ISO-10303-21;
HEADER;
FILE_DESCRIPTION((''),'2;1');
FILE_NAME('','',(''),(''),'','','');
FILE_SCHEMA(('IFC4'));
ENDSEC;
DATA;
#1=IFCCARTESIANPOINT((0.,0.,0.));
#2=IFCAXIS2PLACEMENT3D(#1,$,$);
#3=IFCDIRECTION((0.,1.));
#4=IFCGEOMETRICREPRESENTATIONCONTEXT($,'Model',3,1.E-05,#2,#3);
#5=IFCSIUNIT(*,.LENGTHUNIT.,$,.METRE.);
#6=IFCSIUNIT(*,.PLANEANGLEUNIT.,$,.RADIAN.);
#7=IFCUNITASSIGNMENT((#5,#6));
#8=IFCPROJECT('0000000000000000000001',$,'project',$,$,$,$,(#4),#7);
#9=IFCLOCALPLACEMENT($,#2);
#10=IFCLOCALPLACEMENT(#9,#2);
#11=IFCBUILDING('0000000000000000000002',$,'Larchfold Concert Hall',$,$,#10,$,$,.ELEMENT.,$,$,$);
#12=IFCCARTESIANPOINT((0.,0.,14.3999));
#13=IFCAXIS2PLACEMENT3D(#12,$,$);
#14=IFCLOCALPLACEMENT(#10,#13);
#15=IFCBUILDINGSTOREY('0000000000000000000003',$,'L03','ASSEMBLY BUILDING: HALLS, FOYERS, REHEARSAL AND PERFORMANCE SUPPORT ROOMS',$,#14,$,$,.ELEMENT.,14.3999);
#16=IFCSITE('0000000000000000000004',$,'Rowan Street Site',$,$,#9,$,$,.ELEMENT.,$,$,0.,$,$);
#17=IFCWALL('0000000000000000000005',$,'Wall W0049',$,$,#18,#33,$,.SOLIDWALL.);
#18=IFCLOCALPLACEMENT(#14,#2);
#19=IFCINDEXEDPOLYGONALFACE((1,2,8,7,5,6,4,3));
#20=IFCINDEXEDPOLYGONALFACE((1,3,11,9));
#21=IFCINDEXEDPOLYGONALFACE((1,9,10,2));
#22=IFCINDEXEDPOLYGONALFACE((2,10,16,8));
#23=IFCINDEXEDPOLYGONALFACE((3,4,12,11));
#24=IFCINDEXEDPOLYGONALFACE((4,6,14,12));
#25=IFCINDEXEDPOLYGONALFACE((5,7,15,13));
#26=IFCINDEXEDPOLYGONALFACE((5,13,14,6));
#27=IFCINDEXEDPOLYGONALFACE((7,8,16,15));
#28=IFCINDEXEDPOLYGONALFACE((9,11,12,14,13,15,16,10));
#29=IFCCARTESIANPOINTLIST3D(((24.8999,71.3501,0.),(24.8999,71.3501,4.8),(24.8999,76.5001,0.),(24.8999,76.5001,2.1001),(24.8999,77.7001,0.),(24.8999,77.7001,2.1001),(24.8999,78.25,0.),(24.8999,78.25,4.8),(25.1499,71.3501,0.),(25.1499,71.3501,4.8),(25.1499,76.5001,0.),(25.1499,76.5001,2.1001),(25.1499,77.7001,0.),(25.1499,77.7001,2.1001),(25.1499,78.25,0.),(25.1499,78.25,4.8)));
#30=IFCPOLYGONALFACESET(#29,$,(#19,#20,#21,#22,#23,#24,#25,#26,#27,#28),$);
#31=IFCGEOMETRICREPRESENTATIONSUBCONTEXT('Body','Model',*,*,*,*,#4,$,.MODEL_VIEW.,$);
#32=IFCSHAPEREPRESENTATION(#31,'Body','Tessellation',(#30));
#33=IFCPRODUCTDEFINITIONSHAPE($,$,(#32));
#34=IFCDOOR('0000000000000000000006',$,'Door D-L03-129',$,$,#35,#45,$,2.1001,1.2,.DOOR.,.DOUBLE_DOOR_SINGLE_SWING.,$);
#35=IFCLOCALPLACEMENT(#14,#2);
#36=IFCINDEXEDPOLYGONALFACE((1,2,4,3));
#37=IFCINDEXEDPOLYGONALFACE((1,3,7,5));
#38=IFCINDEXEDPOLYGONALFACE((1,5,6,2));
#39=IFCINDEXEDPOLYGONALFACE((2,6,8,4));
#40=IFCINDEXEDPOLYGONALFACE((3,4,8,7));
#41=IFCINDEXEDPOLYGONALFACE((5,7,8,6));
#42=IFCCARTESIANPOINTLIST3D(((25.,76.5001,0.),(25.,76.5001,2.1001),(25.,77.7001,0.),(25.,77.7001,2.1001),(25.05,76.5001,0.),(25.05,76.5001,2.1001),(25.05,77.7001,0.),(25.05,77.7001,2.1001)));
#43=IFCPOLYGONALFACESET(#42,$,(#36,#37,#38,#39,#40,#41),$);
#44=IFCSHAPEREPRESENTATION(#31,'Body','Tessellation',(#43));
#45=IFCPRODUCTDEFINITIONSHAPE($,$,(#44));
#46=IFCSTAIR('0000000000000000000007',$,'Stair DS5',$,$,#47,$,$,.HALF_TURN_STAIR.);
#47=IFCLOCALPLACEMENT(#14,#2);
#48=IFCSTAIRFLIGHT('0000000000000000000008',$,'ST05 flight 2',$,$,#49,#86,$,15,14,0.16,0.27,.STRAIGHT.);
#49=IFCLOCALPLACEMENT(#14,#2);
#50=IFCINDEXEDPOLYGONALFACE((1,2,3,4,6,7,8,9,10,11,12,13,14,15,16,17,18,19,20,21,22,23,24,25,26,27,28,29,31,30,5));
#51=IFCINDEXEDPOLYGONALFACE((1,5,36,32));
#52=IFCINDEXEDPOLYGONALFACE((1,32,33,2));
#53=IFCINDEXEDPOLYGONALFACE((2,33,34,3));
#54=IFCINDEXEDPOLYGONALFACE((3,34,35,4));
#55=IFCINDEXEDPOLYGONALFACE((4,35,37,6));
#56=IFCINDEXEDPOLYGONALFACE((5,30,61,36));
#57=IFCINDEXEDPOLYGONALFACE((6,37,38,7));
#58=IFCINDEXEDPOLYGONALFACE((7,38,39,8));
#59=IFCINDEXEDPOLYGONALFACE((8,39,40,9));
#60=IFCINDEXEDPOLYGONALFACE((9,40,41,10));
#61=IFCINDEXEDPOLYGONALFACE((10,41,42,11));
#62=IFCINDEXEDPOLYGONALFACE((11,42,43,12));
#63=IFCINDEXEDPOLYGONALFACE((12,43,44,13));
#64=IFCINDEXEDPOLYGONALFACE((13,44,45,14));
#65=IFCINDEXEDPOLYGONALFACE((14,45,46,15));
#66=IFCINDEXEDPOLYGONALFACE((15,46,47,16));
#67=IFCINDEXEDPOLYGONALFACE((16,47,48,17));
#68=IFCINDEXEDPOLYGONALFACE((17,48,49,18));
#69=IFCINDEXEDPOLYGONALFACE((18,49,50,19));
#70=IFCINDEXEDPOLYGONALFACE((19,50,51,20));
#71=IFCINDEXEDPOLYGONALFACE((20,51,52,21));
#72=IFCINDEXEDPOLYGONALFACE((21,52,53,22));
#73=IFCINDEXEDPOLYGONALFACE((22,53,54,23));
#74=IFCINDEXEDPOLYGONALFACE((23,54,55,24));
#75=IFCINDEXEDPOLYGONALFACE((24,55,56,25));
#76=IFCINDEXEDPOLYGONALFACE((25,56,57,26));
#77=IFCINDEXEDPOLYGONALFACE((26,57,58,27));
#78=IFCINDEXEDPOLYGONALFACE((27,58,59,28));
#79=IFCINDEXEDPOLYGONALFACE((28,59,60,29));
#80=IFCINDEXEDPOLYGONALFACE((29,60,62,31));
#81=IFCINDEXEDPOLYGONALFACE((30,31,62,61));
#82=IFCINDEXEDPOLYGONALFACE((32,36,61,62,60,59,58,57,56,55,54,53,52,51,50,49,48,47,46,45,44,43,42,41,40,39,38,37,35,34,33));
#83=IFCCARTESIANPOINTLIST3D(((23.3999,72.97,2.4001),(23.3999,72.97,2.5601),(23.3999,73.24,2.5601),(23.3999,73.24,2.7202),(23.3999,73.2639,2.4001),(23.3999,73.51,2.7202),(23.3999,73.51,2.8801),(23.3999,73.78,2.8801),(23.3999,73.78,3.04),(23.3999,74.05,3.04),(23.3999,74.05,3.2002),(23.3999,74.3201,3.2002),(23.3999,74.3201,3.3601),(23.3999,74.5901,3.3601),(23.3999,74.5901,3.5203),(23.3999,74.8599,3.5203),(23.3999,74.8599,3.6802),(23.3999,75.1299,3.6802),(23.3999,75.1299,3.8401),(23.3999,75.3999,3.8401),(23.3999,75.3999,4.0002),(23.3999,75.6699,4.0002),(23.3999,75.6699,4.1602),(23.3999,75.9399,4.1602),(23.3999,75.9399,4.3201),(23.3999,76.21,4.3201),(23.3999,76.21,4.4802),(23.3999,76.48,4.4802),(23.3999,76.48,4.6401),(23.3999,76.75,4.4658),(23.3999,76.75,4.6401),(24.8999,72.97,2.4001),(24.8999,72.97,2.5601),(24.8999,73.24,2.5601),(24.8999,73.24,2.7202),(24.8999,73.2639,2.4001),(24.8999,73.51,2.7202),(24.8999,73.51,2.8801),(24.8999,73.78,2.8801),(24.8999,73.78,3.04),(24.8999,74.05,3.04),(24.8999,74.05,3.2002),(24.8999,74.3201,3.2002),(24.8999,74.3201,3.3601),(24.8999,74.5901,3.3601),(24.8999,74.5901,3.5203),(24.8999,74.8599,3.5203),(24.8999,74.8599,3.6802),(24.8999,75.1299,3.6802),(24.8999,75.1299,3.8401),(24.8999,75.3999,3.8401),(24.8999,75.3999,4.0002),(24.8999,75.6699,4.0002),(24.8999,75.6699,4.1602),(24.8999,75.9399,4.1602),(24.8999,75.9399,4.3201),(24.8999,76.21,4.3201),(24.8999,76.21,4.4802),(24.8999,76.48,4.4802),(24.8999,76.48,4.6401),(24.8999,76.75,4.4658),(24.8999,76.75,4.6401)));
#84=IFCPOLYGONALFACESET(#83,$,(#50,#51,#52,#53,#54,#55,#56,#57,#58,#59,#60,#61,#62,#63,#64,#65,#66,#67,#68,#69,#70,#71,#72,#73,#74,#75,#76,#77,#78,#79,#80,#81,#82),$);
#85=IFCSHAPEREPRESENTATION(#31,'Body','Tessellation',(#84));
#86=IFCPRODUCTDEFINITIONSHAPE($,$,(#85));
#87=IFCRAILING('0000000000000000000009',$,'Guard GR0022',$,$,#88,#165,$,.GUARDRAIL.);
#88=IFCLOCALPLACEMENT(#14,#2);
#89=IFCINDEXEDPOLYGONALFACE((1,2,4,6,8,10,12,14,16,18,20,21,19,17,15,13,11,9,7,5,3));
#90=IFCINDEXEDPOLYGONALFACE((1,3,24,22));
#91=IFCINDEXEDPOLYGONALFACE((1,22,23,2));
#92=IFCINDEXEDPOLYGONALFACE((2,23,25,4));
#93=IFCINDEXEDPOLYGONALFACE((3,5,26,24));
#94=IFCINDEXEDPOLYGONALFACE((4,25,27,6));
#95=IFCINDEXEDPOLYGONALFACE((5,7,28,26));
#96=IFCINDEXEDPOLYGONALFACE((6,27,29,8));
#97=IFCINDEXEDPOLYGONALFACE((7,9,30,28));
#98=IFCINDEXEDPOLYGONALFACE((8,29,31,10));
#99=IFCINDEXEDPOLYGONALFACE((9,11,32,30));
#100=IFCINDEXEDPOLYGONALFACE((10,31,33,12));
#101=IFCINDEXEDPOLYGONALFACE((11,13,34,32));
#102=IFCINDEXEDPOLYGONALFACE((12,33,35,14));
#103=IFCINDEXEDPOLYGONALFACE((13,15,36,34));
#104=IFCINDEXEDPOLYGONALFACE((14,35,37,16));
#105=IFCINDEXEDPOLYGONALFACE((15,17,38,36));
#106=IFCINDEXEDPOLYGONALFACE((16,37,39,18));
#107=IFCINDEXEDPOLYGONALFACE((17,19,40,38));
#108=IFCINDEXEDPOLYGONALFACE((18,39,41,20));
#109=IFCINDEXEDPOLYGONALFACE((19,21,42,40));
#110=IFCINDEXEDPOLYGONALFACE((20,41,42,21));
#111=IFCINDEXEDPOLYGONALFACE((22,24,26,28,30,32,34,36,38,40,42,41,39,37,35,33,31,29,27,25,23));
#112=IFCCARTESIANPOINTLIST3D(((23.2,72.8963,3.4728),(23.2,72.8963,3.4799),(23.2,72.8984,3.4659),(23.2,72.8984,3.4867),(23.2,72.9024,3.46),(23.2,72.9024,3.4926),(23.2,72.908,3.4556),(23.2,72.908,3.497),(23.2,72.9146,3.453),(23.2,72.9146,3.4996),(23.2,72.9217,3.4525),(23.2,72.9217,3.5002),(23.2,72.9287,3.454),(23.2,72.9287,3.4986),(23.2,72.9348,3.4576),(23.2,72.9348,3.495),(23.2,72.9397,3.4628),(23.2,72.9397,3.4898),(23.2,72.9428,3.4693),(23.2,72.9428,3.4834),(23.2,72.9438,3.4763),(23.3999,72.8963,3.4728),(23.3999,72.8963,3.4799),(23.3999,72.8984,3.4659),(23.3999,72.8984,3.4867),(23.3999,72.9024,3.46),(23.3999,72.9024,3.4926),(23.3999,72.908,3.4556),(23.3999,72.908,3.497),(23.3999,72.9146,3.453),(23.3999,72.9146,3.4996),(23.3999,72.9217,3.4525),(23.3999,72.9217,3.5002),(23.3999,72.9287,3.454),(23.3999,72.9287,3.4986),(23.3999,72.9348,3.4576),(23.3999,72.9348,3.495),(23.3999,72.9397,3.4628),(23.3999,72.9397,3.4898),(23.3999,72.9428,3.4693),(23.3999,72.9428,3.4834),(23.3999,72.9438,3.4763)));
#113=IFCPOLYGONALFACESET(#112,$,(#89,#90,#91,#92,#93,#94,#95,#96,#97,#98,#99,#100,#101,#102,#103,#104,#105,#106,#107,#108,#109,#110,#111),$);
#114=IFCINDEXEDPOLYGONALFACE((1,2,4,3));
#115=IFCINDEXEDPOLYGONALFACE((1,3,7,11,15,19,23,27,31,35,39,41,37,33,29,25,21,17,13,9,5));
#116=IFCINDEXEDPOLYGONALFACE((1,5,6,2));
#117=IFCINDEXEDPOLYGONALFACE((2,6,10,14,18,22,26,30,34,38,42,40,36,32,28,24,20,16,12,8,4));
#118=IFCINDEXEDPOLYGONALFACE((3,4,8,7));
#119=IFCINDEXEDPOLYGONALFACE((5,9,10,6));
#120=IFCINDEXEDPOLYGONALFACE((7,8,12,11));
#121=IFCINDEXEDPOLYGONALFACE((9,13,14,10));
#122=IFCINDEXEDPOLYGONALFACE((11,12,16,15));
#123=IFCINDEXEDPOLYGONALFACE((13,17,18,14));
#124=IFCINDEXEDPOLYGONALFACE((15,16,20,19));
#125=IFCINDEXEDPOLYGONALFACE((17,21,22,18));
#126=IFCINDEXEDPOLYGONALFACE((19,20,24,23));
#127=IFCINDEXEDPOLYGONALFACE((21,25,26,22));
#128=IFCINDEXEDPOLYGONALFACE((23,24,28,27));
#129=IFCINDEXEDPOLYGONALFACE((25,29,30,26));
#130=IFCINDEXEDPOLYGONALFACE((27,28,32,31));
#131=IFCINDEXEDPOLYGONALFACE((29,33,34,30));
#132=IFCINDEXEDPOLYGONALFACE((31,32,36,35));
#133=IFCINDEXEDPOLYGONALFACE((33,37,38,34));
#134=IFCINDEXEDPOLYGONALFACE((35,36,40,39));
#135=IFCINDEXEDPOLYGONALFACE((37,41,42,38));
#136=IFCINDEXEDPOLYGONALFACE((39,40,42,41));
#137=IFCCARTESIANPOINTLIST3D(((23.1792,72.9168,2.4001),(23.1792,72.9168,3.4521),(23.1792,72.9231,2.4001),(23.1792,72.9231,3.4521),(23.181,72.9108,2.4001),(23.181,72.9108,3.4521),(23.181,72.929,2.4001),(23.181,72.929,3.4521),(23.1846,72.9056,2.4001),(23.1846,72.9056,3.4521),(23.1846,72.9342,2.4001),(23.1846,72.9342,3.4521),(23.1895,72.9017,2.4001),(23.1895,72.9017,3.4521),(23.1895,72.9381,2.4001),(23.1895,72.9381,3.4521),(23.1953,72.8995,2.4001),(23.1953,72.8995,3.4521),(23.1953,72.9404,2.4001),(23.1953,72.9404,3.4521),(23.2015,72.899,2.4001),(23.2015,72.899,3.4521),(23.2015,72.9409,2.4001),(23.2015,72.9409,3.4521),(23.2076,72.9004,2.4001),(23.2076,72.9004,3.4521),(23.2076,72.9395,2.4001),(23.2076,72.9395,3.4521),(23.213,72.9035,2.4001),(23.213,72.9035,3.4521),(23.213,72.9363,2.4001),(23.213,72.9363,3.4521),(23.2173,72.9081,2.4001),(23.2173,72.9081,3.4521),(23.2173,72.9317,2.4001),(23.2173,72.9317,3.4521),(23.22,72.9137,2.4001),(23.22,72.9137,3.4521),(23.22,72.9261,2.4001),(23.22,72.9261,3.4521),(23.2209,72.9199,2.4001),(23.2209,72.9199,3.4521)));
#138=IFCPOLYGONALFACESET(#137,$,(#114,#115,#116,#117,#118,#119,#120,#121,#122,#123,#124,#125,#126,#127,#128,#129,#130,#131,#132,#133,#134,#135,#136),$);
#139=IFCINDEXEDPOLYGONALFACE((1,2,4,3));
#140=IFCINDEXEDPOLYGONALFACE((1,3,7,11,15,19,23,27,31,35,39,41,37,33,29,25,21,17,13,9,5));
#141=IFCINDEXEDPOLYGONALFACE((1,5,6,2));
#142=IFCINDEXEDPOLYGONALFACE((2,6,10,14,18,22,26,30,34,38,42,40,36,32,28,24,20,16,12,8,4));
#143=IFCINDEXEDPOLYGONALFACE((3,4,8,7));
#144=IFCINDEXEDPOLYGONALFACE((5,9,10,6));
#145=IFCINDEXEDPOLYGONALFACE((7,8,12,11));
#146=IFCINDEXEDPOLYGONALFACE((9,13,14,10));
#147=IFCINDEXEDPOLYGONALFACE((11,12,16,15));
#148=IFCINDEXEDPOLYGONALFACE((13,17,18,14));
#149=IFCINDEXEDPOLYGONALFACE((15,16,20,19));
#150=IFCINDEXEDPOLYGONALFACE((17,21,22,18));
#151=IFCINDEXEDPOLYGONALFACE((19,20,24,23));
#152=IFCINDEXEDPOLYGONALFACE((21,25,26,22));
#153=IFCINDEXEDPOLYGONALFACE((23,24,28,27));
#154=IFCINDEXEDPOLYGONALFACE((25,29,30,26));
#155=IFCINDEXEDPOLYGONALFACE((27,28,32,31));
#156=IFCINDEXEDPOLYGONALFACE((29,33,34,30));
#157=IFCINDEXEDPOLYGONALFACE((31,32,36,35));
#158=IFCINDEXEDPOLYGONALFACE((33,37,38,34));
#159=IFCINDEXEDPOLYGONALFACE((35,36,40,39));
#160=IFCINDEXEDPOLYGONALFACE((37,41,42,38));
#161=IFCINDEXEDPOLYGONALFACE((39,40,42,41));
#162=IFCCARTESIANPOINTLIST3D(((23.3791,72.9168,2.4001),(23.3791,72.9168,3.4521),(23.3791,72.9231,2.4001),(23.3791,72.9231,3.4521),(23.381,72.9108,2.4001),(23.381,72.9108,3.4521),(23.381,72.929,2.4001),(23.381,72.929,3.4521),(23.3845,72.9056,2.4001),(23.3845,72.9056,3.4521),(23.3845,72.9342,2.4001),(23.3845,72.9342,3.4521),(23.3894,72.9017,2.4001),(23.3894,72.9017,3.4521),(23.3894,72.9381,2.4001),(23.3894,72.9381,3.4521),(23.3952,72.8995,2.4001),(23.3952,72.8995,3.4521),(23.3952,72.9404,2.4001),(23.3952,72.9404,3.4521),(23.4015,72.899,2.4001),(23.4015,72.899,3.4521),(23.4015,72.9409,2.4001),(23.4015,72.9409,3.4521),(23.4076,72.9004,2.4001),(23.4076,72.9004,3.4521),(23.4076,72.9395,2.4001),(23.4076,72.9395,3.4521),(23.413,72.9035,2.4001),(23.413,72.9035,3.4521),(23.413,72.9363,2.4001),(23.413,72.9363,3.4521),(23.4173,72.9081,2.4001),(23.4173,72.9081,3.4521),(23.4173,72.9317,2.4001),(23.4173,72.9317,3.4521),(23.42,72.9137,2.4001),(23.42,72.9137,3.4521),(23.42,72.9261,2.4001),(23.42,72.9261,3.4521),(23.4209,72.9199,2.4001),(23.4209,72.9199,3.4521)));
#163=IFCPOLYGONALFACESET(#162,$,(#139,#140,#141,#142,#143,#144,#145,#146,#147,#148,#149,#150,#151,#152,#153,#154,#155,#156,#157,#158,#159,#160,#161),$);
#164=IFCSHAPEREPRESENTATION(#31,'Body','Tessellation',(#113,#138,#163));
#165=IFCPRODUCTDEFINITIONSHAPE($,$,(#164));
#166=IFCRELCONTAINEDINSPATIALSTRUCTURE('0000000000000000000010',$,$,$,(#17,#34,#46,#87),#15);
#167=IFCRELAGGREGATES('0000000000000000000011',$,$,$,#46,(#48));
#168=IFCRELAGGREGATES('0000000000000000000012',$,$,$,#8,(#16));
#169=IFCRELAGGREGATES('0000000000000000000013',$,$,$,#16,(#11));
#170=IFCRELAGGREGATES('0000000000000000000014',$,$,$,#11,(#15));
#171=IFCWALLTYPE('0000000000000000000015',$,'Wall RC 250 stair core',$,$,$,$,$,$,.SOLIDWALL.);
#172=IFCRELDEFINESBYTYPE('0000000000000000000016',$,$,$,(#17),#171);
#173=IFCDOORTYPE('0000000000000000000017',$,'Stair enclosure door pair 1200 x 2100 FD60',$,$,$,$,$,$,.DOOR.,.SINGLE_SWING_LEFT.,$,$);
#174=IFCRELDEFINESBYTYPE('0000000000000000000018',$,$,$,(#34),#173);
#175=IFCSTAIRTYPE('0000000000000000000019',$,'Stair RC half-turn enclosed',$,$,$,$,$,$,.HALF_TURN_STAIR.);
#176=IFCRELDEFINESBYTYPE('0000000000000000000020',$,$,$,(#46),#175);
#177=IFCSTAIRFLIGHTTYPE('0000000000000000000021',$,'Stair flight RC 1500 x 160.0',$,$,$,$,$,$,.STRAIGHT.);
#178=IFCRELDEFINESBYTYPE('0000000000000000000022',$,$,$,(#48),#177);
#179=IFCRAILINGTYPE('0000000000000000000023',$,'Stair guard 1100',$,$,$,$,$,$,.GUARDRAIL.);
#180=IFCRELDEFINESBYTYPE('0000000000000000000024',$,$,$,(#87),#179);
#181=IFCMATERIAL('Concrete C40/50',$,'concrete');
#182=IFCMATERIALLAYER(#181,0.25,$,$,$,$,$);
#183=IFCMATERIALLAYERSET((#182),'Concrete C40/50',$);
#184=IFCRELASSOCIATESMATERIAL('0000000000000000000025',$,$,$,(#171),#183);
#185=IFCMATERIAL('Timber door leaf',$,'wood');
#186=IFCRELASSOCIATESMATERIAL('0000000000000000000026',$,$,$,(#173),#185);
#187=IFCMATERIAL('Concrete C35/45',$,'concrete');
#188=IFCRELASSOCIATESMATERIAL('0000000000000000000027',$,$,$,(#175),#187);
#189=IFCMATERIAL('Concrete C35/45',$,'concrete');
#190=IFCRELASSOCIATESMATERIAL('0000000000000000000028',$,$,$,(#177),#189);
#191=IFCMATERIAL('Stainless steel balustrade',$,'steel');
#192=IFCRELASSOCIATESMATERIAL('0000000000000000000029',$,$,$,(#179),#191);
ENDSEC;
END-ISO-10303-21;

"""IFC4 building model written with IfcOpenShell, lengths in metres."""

from ifc_helpers import new_model, si_unit, direction, frame, frame_2d, origin, origin_2d, place, context, subcontext, project, spatial, polyline, rectangle, circle, outline, extrude, material, layer, layer_set, type_object, element, fill, aggregate, save


model = new_model("IFC4")

# Units and contexts
model_context = context("Model", 3, precision=1e-05, world=origin(), true_north=direction((0.0, 1.0)))
body_context = subcontext(model_context, "Body", "Model", "MODEL_VIEW")
ifc_project = project(units=[si_unit("LENGTHUNIT", "METRE"), si_unit("PLANEANGLEUNIT", "RADIAN")], contexts=[model_context])

# Site, building, storey
site_placement = place(None, origin())
site = spatial("IfcSite", under=ifc_project, at=site_placement, Name="Rowan Street Site", CompositionType="ELEMENT", RefElevation=0.0)
building_placement = place(site_placement, origin())
building = spatial("IfcBuilding", under=site, at=building_placement, Name="Larchfold Concert Hall", CompositionType="ELEMENT")
storey_placement = place(building_placement, frame((0.0, 0.0, 14.3999)))
storey = spatial("IfcBuildingStorey", under=building, at=storey_placement, Name="L03", Description="ASSEMBLY BUILDING: HALLS, FOYERS, REHEARSAL AND PERFORMANCE SUPPORT ROOMS", CompositionType="ELEMENT", Elevation=14.3999)

# Shared definitions
ifc_material_1 = material(Name="Concrete C40/50", Category="concrete")
ifc_layer_1 = layer(ifc_material_1, 0.25)
ifc_layer_set_1 = layer_set([ifc_layer_1], Name="Concrete C40/50")
wall_type_1 = type_object("IfcWallType", Name="Wall RC 250 stair core", PredefinedType="SOLIDWALL", material=ifc_layer_set_1)

# Wall, opening, door
wall_1_placement = place(storey_placement, frame((25.0249, 71.3501, 0.0), z_axis=(0.0, 0.0, 1.0), x_axis=(0.0, 1.0, 0.0)))
wall_1 = element("IfcWall", 1, at=wall_1_placement, inside=storey, type_object=wall_type_1, Name="Wall W0049", PredefinedType="SOLIDWALL", context=body_context, shape_type="SweptSolid", body=[
    extrude(rectangle(XDim=6.8999, YDim=0.25, at=frame_2d((3.45, 0.0))), origin(), (0.0, 0.0, 1.0), 4.8),
])
opening_1_placement = place(wall_1_placement, frame((5.1499, 0.0, 0.0)))
opening_1 = element("IfcOpeningElement", 2, at=opening_1_placement, cuts=wall_1, PredefinedType="OPENING", context=body_context, shape_type="SweptSolid", body=[
    extrude(rectangle(XDim=1.2, YDim=2.1001, at=frame_2d((0.6001, 1.05))), frame((0.0, 0.135, 0.0), z_axis=(0.0, -1.0, 0.0), x_axis=(1.0, 0.0, 0.0)), (0.0, 0.0, 1.0), 0.27),
])
ifc_material_2 = material(Name="Timber door leaf", Category="wood")
door_type_1 = type_object("IfcDoorType", Name="Stair enclosure door pair 1200 x 2100 FD60", OperationType="SINGLE_SWING_LEFT", PredefinedType="DOOR", material=ifc_material_2)
door_1_placement = place(opening_1_placement, origin())
door_1 = element("IfcDoor", 3, at=door_1_placement, inside=storey, type_object=door_type_1, Name="Door D-L03-129", OperationType="DOUBLE_DOOR_SINGLE_SWING", OverallHeight=2.1001, OverallWidth=1.2, PredefinedType="DOOR", context=body_context, shape_type="SweptSolid", body=[
    extrude(rectangle(XDim=1.2, YDim=2.1001, at=frame_2d((0.6001, 1.05))), frame((0.0, 0.0249, 0.0), z_axis=(0.0, -1.0, 0.0), x_axis=(1.0, 0.0, 0.0)), (0.0, 0.0, 1.0), 0.05),
])
fill(opening_1, door_1)

# Stair, stair flight
ifc_material_3 = material(Name="Concrete C35/45", Category="concrete")
stair_type = type_object("IfcStairType", Name="Stair RC half-turn enclosed", PredefinedType="HALF_TURN_STAIR", material=ifc_material_3)
stair_placement = place(storey_placement, origin())
stair = element("IfcStair", 4, at=stair_placement, inside=storey, type_object=stair_type, Name="Stair DS5", PredefinedType="HALF_TURN_STAIR")
ifc_material_4 = material(Name="Concrete C35/45", Category="concrete")
stair_flight_type = type_object("IfcStairFlightType", Name="Stair flight RC 1500 x 160.0", PredefinedType="STRAIGHT", material=ifc_material_4)
stair_flight_placement = place(storey_placement, frame((24.1499, 72.97, 2.4001), z_axis=(0.0, 0.0, 1.0), x_axis=(0.0, 1.0, 0.0)))
stair_flight = element("IfcStairFlight", 5, at=stair_flight_placement, type_object=stair_flight_type, Name="ST05 flight 2", NumberOfRisers=15, NumberOfTreads=14, PredefinedType="STRAIGHT", RiserHeight=0.16, TreadLength=0.27, context=body_context, shape_type="SweptSolid", body=[
    extrude(outline(polyline([(0.0, 0.0), (0.0, 0.1599), (0.27, 0.1599), (0.27, 0.3201), (0.54, 0.3201), (0.54, 0.48), (0.8101, 0.48), (0.8101, 0.6399), (1.0801, 0.6399), (1.0801, 0.8), (1.3501, 0.8), (1.3501, 0.96), (1.6201, 0.96), (1.6201, 1.1201), (1.8899, 1.1201), (1.8899, 1.28), (2.1599, 1.28), (2.1599, 1.4399), (2.4299, 1.4399), (2.4299, 1.6001), (2.7, 1.6001), (2.7, 1.76), (2.97, 1.76), (2.97, 1.9199), (3.24, 1.9199), (3.24, 2.0801), (3.51, 2.0801), (3.51, 2.24), (3.78, 2.24), (3.78, 2.3999), (3.78, 2.0657), (0.2939, 0.0), (0.0, 0.0)])), frame((0.0, 0.75, 0.0), z_axis=(0.0, -1.0, 0.0), x_axis=(1.0, 0.0, 0.0)), (0.0, 0.0, 1.0), 1.5),
])
aggregate(stair, [stair_flight])

# Railing
ifc_material_5 = material(Name="Stainless steel balustrade", Category="steel")
railing_type_1 = type_object("IfcRailingType", Name="Stair guard 1100", PredefinedType="GUARDRAIL", material=ifc_material_5)
railing_1_placement = place(storey_placement, frame((23.2, 72.9199, 2.4001)))
element("IfcRailing", 6, at=railing_1_placement, inside=storey, type_object=railing_type_1, Name="Guard GR0022", PredefinedType="GUARDRAIL", context=body_context, shape_type="SweptSolid", body=[
    extrude(circle(Radius=0.0239, at=origin_2d()), frame((0.0, 0.0, 1.0762), z_axis=(1.0, 0.0, 0.0), x_axis=(0.0, 1.0, 0.0)), (0.0, 0.0, 1.0), 0.2),
    extrude(circle(Radius=0.021, at=origin_2d()), origin(), (0.0, 0.0, 1.0), 1.052),
    extrude(circle(Radius=0.021, at=origin_2d()), frame((0.2, 0.0, 0.0)), (0.0, 0.0, 1.0), 1.052),
])

save(model, "model.ifc")
